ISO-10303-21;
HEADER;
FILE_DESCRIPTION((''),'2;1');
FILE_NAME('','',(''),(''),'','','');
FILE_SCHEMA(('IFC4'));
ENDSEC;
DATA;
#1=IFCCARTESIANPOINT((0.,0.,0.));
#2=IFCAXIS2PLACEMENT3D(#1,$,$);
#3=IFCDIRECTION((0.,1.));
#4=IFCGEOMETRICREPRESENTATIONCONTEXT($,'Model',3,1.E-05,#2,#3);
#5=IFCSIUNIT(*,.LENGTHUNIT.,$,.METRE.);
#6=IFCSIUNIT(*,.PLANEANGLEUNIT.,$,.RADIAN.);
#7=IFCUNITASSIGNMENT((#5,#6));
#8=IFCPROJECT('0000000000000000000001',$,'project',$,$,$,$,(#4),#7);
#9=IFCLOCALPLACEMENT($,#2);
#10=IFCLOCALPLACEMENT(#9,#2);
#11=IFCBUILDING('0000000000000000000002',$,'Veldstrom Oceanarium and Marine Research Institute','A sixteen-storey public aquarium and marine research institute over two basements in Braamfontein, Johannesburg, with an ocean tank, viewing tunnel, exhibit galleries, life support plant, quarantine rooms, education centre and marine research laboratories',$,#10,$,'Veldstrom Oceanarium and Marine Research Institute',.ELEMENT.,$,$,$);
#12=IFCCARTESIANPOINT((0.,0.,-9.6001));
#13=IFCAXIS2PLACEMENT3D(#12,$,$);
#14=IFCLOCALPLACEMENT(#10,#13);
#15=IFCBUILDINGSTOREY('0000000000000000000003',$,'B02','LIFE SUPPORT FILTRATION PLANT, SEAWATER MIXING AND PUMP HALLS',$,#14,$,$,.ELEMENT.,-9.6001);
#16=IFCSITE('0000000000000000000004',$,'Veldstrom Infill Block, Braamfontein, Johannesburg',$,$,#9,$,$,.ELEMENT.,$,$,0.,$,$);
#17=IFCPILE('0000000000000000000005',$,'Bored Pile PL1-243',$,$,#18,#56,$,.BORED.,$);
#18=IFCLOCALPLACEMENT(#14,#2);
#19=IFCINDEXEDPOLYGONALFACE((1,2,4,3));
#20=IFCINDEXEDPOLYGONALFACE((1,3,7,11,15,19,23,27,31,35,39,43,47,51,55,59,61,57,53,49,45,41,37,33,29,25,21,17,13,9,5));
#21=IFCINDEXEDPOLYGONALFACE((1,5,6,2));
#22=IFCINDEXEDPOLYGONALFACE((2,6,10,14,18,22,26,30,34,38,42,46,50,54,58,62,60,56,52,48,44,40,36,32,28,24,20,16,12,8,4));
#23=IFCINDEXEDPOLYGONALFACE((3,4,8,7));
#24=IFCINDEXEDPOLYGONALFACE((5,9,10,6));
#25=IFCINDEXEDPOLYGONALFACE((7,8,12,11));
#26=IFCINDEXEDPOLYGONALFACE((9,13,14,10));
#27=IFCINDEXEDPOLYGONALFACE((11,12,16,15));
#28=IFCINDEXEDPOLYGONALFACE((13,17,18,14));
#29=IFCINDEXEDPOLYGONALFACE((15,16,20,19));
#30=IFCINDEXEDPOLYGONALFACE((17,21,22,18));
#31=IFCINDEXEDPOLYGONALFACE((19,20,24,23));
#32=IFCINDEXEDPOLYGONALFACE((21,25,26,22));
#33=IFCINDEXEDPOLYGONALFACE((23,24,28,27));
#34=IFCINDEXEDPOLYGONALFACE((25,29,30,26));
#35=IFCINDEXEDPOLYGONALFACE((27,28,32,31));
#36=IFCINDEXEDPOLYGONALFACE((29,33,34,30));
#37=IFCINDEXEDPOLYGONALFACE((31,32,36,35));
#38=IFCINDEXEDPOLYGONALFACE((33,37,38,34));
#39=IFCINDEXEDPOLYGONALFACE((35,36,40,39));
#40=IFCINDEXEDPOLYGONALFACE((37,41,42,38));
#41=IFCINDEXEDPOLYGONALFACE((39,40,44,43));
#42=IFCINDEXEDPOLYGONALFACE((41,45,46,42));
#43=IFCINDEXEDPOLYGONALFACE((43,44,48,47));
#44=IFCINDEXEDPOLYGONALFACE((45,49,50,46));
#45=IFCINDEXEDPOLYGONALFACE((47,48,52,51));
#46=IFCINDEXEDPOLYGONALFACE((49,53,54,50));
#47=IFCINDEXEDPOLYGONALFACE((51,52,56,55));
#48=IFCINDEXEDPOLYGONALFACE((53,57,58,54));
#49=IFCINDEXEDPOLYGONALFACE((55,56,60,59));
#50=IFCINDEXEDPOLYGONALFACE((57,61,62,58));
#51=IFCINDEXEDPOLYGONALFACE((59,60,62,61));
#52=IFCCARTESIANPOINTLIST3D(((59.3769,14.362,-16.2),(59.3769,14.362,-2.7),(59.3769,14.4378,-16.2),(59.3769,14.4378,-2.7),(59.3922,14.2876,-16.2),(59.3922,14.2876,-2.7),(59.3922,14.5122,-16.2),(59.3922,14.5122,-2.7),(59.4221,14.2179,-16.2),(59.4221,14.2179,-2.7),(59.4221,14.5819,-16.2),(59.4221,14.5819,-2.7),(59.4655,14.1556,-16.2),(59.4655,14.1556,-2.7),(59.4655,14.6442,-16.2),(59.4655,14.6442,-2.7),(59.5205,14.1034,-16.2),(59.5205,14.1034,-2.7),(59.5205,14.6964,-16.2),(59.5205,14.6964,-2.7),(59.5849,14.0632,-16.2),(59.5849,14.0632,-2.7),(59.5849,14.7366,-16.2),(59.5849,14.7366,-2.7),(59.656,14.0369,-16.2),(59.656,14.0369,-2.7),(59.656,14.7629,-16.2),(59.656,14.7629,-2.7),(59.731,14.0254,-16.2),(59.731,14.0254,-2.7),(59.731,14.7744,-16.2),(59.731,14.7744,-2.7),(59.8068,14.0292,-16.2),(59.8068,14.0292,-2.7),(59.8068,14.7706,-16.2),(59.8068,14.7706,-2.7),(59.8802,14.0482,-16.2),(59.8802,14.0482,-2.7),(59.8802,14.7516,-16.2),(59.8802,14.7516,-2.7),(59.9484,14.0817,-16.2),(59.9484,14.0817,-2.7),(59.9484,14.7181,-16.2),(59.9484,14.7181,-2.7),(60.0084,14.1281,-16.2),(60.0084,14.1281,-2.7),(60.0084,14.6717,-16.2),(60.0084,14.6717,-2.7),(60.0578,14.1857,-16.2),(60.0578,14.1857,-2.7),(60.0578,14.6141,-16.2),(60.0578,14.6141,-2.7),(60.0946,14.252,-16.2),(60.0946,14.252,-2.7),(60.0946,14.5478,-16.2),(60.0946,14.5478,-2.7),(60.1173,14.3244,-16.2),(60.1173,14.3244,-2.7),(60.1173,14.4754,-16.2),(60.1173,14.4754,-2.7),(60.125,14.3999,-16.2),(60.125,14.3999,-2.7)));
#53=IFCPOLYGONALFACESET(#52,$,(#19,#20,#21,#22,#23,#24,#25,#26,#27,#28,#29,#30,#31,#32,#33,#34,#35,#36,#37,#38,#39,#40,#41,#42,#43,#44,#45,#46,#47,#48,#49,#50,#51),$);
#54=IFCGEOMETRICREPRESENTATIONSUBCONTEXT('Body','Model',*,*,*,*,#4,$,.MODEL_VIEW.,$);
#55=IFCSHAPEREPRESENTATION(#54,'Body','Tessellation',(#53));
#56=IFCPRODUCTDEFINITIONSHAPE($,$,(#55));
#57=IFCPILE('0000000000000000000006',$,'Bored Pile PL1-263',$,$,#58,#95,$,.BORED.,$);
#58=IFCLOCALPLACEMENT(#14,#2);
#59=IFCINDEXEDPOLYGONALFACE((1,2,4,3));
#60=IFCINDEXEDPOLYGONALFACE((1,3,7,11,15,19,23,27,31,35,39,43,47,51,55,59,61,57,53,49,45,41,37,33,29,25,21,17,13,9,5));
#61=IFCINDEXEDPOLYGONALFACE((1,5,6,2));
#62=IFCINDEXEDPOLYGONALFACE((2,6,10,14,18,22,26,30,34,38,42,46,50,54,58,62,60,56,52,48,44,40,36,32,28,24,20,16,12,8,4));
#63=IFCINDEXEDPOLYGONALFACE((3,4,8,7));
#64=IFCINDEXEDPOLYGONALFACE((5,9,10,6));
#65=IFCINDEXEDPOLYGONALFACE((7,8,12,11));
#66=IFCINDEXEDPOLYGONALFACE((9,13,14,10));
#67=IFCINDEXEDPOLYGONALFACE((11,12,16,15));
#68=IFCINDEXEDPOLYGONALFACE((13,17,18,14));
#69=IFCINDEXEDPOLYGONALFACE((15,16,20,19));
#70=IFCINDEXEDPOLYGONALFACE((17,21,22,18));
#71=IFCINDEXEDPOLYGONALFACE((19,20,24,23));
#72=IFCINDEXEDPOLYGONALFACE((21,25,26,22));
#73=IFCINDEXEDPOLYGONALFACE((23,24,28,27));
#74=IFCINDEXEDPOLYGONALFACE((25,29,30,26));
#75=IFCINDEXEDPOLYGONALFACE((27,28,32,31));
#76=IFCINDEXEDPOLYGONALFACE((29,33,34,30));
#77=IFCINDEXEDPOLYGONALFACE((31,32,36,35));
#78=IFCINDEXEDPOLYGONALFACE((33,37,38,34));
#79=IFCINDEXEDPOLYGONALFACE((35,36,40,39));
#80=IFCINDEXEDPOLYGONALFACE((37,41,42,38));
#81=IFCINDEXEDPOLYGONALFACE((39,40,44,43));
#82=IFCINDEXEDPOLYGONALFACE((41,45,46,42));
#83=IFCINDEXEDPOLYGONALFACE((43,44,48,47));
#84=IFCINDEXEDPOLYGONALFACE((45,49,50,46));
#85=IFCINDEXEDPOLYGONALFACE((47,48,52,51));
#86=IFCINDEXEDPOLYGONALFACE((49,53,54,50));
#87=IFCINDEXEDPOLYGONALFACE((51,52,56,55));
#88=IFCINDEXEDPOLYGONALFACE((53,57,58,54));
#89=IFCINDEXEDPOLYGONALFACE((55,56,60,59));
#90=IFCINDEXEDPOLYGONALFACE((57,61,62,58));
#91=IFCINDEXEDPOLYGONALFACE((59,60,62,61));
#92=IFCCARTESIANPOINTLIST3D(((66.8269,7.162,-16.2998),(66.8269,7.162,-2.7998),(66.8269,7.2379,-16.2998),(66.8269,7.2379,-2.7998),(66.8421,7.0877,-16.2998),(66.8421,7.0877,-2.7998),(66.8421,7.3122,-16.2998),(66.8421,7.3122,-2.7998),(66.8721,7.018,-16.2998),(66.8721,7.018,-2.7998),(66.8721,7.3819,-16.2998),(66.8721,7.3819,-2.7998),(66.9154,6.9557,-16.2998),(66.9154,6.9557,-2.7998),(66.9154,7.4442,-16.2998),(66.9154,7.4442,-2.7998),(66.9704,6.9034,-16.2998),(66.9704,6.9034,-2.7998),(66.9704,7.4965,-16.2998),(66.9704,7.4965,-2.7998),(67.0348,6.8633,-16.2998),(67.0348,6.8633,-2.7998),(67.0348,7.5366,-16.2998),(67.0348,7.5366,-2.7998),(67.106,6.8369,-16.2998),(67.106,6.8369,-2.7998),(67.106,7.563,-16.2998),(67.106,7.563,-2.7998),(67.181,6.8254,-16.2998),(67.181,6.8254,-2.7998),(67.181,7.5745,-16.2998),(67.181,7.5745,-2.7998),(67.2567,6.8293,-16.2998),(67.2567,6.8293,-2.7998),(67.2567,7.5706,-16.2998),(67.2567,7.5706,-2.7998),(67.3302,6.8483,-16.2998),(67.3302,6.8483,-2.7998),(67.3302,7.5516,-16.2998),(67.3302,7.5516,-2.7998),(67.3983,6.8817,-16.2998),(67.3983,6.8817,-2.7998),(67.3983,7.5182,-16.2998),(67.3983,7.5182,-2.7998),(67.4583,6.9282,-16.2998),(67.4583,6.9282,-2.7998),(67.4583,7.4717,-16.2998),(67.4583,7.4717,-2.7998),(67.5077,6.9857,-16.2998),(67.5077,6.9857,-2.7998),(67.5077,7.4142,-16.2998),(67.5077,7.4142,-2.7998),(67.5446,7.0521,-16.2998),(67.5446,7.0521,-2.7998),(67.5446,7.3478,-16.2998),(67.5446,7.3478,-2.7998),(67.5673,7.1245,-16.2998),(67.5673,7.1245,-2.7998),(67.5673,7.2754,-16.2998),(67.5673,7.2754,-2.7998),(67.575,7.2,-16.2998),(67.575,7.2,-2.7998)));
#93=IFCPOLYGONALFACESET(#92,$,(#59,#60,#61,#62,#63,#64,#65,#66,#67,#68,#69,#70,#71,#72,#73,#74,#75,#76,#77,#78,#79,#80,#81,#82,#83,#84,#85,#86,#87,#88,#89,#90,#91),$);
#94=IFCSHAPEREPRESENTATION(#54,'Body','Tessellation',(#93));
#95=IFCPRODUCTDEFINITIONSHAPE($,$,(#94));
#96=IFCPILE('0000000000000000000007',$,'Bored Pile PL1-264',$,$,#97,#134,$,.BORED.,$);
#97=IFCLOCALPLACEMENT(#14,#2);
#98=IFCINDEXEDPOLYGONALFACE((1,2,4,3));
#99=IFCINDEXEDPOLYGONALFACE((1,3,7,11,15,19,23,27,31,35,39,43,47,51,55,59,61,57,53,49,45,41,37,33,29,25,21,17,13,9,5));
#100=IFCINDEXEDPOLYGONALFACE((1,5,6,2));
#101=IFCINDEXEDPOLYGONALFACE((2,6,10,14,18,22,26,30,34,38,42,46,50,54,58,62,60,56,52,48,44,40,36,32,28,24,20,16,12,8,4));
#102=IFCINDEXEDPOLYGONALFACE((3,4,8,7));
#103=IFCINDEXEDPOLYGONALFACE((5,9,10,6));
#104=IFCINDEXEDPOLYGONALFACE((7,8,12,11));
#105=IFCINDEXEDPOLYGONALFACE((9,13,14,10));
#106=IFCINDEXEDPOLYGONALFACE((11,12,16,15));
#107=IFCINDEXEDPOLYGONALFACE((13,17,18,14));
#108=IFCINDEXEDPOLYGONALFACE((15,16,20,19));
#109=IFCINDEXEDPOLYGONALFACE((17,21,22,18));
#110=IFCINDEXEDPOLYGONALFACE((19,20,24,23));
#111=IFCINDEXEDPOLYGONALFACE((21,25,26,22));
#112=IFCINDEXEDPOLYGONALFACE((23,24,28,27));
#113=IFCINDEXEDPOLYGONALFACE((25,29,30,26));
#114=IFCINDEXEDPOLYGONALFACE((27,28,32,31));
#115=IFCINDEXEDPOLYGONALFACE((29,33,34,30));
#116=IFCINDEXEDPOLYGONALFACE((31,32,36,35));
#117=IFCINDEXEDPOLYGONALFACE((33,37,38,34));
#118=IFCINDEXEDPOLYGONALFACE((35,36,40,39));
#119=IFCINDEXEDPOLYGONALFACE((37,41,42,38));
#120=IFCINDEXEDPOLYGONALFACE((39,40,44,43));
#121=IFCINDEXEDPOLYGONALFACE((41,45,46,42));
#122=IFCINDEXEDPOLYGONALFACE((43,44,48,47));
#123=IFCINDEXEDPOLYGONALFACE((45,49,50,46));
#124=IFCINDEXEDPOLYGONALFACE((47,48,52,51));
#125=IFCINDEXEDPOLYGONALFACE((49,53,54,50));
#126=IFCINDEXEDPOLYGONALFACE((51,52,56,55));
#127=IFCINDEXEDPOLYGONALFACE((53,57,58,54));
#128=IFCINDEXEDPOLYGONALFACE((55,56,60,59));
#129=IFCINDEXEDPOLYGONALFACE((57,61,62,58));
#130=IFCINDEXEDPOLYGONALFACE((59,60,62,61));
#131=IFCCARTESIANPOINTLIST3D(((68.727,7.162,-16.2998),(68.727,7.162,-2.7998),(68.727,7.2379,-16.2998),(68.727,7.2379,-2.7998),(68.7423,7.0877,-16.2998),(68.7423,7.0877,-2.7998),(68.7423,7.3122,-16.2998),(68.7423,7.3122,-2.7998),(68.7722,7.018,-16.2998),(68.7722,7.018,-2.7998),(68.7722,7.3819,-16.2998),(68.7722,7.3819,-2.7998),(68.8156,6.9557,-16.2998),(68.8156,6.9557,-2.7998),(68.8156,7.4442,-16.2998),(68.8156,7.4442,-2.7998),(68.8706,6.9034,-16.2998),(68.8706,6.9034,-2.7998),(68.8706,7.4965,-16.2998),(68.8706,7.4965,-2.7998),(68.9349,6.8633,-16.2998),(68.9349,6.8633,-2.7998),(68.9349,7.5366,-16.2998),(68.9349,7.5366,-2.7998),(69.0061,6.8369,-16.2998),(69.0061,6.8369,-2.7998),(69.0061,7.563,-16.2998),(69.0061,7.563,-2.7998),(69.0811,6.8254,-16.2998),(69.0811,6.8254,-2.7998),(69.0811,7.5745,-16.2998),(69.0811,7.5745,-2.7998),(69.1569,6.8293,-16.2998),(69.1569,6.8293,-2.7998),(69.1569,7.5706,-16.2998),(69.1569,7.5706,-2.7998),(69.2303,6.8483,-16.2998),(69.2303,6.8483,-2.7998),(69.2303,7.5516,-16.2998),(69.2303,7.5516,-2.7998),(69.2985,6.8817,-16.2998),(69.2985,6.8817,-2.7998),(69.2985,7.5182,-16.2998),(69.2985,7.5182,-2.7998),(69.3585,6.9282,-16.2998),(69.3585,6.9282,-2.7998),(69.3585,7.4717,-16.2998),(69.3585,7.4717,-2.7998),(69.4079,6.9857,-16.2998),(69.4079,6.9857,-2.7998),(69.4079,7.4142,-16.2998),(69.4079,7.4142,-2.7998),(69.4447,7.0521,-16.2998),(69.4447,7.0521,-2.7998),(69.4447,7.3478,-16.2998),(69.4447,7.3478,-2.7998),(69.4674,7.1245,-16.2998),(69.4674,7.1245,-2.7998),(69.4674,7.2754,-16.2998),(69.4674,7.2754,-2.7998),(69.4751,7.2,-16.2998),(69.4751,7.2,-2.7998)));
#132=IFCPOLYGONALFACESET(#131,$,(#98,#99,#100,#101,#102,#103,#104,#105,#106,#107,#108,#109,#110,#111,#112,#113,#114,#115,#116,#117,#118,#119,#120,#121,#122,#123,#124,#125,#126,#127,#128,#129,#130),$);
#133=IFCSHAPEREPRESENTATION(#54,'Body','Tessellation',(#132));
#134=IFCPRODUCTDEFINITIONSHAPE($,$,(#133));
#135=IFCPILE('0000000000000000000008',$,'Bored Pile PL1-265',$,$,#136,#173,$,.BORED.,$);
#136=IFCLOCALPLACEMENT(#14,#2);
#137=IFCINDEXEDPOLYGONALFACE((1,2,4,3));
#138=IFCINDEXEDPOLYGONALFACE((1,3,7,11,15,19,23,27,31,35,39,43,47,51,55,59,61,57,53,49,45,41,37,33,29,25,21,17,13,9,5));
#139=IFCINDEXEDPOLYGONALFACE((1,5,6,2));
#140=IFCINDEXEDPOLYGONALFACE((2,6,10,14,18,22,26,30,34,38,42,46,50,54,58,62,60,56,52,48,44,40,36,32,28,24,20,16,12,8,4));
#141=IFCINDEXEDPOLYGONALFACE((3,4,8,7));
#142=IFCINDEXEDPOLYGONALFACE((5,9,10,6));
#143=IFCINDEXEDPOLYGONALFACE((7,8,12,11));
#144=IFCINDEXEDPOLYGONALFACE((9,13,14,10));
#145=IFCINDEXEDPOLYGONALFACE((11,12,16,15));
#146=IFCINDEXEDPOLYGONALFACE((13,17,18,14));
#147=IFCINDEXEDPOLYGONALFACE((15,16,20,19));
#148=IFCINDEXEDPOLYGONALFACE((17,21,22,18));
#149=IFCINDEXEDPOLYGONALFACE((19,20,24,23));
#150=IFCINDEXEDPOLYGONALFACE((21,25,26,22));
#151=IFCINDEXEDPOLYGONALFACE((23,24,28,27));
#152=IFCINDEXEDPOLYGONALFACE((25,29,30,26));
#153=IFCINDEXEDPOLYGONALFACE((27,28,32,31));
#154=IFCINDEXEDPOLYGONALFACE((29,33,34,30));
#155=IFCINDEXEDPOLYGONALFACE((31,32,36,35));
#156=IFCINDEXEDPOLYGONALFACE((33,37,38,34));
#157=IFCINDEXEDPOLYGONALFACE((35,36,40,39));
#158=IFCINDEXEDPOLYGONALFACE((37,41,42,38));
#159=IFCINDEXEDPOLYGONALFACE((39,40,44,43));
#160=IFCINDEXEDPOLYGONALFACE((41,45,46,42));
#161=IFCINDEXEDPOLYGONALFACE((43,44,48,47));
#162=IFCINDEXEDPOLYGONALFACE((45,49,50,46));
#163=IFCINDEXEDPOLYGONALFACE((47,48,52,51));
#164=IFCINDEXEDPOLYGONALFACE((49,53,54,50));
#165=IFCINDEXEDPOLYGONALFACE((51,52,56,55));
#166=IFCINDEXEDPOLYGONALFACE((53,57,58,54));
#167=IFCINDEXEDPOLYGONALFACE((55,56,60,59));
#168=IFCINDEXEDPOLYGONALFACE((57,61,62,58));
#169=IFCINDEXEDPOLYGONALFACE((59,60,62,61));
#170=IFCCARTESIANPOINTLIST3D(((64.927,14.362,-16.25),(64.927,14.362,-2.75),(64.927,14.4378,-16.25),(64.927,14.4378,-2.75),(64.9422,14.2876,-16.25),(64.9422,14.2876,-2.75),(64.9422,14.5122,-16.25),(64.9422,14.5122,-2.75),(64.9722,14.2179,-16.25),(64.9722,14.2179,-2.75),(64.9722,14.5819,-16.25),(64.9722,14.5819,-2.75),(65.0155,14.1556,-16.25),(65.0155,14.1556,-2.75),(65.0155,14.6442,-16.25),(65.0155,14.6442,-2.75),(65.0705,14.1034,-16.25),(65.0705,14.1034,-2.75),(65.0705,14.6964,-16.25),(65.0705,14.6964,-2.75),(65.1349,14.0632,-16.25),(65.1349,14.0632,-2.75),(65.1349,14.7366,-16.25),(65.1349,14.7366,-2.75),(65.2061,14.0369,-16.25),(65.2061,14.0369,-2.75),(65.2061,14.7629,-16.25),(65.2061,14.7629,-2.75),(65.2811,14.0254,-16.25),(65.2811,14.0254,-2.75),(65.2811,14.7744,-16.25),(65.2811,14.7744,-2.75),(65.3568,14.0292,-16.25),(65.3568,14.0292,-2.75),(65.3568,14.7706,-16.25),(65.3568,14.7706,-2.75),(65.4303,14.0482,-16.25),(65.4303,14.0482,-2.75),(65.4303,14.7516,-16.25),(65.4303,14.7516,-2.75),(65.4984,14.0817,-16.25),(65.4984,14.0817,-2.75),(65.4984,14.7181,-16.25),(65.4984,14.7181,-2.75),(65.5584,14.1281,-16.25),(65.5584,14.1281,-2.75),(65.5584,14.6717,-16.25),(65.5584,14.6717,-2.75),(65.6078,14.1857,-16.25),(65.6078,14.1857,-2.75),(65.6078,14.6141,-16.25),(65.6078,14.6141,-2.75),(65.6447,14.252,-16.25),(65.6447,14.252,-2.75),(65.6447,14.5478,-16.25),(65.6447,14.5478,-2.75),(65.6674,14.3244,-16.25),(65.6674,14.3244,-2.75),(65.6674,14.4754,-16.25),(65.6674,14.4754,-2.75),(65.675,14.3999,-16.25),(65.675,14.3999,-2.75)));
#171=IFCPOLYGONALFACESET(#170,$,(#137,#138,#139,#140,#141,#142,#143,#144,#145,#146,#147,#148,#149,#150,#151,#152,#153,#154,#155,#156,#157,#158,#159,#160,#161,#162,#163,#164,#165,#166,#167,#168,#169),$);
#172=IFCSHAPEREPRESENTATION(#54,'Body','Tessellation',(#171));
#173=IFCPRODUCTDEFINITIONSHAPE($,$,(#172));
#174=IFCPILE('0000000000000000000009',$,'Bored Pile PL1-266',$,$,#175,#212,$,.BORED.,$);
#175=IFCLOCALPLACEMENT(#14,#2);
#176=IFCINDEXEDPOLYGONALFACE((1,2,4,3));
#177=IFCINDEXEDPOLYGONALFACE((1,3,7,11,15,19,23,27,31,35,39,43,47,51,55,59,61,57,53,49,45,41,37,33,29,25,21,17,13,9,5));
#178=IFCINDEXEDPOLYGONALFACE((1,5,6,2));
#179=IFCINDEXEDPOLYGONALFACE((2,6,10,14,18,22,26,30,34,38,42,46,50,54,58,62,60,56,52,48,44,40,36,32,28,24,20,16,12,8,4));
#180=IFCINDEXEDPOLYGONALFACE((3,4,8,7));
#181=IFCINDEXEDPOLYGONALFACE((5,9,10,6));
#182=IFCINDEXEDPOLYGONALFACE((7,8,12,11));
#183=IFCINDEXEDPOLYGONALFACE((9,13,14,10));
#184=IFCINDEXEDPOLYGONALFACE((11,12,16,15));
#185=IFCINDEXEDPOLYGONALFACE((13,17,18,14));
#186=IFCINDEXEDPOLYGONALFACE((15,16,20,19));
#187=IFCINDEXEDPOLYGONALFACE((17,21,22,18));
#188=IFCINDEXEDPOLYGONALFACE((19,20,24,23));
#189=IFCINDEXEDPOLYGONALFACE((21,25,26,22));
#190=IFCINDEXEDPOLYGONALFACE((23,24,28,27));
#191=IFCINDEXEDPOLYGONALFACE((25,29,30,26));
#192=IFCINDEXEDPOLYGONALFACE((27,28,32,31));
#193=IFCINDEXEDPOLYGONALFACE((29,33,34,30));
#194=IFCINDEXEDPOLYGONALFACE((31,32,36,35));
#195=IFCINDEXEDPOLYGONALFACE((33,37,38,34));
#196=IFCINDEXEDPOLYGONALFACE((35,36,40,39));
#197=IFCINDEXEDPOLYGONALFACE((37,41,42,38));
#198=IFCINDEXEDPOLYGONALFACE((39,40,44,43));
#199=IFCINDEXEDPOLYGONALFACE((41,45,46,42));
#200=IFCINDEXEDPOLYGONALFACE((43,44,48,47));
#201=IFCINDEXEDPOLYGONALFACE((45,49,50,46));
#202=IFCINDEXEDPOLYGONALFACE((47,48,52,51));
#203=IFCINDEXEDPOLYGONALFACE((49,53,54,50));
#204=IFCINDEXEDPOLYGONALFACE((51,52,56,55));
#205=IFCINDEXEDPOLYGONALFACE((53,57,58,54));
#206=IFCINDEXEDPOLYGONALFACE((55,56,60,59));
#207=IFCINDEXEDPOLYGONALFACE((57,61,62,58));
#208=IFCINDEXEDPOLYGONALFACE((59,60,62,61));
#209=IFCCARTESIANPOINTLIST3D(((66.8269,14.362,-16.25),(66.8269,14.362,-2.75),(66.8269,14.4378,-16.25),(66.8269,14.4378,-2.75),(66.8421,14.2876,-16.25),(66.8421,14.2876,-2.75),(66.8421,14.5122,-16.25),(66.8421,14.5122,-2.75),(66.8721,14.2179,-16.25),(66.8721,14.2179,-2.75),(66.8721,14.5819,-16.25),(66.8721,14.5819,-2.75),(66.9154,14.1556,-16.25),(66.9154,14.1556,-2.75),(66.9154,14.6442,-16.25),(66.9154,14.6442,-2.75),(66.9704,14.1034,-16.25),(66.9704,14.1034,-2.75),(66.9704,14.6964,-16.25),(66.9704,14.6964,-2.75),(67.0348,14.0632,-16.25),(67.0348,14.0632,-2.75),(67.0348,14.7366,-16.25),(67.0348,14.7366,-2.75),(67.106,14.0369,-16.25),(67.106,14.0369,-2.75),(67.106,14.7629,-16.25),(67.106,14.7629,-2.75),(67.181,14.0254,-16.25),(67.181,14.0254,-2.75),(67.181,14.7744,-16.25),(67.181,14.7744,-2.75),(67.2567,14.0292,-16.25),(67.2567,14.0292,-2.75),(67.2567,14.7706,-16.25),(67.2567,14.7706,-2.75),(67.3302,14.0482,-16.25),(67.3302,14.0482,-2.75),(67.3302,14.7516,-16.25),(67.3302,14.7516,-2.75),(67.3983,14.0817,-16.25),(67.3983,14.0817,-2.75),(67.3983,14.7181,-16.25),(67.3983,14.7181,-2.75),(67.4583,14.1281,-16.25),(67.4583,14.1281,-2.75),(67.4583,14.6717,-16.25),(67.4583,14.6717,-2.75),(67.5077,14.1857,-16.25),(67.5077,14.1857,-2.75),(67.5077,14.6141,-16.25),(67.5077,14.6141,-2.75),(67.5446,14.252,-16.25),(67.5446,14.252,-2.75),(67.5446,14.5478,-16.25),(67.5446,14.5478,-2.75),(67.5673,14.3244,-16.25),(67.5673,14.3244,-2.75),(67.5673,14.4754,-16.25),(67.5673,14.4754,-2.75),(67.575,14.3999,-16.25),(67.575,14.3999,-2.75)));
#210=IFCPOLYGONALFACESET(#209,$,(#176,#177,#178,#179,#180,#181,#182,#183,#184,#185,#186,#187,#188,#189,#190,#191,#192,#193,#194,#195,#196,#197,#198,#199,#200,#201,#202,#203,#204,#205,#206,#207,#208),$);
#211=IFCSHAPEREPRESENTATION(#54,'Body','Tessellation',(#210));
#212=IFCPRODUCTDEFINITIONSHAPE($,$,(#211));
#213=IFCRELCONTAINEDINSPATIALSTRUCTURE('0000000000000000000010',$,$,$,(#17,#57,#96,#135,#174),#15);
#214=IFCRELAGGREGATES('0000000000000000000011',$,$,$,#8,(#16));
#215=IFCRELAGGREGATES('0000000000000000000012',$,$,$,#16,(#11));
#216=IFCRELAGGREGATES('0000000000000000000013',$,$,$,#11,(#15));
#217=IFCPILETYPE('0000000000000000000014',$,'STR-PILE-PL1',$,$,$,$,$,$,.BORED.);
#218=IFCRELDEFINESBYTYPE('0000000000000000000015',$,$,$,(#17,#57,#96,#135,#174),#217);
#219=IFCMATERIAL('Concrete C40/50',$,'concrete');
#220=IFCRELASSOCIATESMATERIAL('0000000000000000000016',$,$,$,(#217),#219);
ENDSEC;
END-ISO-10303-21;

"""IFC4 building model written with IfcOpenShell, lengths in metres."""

from ifc_helpers import new_model, si_unit, direction, frame, origin, origin_2d, place, context, subcontext, project, spatial, circle, extrude, material, material_profile, profile_set, type_object, element, save


model = new_model("IFC4")

# Units and contexts
model_context = context("Model", 3, precision=1e-05, world=origin(), true_north=direction((0.0, 1.0)))
body_context = subcontext(model_context, "Body", "Model", "MODEL_VIEW")
ifc_project = project(units=[si_unit("LENGTHUNIT", "METRE"), si_unit("PLANEANGLEUNIT", "RADIAN")], contexts=[model_context])

# Site, building, storey
site_placement = place(None, origin())
site = spatial("IfcSite", under=ifc_project, at=site_placement, Name="Veldstrom Infill Block, Braamfontein, Johannesburg", CompositionType="ELEMENT", RefElevation=0.0)
building_placement = place(site_placement, origin())
building = spatial("IfcBuilding", under=site, at=building_placement, Name="Veldstrom Oceanarium and Marine Research Institute", Description="A sixteen-storey public aquarium and marine research institute over two basements in Braamfontein, Johannesburg, with an ocean tank, viewing tunnel, exhibit galleries, life support plant, quarantine rooms, education centre and marine research laboratories", LongName="Veldstrom Oceanarium and Marine Research Institute", CompositionType="ELEMENT")
storey_placement = place(building_placement, frame((0.0, 0.0, -9.6001)))
storey = spatial("IfcBuildingStorey", under=building, at=storey_placement, Name="B02", Description="LIFE SUPPORT FILTRATION PLANT, SEAWATER MIXING AND PUMP HALLS", CompositionType="ELEMENT", Elevation=-9.6001)

# Piles
ifc_material_1 = material(Name="Concrete C40/50", Category="concrete")
ifc_material_profile_1 = material_profile(ifc_material_1, circle(Radius=0.375, at=origin_2d()), Name="PILE-D750")
ifc_profile_set_1 = profile_set([ifc_material_profile_1], Name="Concrete C40/50")
pile_type = type_object("IfcPileType", Name="STR-PILE-PL1", PredefinedType="BORED", material=ifc_profile_set_1)
for number, where, z_axis, x_axis, name in (
    (1, (59.75, 14.3999, -2.7), (0.0, 0.0, -1.0), (1.0, 0.0, 0.0), "Bored Pile PL1-243"),
    (2, (67.2, 7.2, -2.7998), (0.0, 0.0, -1.0), (1.0, 0.0, 0.0), "Bored Pile PL1-263"),
    (3, (69.1001, 7.2, -2.7998), (0.0, 0.0, -1.0), (1.0, 0.0, 0.0), "Bored Pile PL1-264"),
    (4, (65.3, 14.3999, -2.75), (0.0, 0.0, -1.0), (1.0, 0.0, 0.0), "Bored Pile PL1-265"),
    (5, (67.2, 14.3999, -2.75), (0.0, 0.0, -1.0), (1.0, 0.0, 0.0), "Bored Pile PL1-266"),
):
    element("IfcPile", number, at=place(storey_placement, frame(where, z_axis=z_axis, x_axis=x_axis)), inside=storey, type_object=pile_type, Name=name, PredefinedType="BORED", context=body_context, shape_type="SweptSolid", body=[
        extrude(circle(Radius=0.375, at=origin_2d()), origin(), (0.0, 0.0, 1.0), 13.5),
    ])

save(model, "model.ifc")
